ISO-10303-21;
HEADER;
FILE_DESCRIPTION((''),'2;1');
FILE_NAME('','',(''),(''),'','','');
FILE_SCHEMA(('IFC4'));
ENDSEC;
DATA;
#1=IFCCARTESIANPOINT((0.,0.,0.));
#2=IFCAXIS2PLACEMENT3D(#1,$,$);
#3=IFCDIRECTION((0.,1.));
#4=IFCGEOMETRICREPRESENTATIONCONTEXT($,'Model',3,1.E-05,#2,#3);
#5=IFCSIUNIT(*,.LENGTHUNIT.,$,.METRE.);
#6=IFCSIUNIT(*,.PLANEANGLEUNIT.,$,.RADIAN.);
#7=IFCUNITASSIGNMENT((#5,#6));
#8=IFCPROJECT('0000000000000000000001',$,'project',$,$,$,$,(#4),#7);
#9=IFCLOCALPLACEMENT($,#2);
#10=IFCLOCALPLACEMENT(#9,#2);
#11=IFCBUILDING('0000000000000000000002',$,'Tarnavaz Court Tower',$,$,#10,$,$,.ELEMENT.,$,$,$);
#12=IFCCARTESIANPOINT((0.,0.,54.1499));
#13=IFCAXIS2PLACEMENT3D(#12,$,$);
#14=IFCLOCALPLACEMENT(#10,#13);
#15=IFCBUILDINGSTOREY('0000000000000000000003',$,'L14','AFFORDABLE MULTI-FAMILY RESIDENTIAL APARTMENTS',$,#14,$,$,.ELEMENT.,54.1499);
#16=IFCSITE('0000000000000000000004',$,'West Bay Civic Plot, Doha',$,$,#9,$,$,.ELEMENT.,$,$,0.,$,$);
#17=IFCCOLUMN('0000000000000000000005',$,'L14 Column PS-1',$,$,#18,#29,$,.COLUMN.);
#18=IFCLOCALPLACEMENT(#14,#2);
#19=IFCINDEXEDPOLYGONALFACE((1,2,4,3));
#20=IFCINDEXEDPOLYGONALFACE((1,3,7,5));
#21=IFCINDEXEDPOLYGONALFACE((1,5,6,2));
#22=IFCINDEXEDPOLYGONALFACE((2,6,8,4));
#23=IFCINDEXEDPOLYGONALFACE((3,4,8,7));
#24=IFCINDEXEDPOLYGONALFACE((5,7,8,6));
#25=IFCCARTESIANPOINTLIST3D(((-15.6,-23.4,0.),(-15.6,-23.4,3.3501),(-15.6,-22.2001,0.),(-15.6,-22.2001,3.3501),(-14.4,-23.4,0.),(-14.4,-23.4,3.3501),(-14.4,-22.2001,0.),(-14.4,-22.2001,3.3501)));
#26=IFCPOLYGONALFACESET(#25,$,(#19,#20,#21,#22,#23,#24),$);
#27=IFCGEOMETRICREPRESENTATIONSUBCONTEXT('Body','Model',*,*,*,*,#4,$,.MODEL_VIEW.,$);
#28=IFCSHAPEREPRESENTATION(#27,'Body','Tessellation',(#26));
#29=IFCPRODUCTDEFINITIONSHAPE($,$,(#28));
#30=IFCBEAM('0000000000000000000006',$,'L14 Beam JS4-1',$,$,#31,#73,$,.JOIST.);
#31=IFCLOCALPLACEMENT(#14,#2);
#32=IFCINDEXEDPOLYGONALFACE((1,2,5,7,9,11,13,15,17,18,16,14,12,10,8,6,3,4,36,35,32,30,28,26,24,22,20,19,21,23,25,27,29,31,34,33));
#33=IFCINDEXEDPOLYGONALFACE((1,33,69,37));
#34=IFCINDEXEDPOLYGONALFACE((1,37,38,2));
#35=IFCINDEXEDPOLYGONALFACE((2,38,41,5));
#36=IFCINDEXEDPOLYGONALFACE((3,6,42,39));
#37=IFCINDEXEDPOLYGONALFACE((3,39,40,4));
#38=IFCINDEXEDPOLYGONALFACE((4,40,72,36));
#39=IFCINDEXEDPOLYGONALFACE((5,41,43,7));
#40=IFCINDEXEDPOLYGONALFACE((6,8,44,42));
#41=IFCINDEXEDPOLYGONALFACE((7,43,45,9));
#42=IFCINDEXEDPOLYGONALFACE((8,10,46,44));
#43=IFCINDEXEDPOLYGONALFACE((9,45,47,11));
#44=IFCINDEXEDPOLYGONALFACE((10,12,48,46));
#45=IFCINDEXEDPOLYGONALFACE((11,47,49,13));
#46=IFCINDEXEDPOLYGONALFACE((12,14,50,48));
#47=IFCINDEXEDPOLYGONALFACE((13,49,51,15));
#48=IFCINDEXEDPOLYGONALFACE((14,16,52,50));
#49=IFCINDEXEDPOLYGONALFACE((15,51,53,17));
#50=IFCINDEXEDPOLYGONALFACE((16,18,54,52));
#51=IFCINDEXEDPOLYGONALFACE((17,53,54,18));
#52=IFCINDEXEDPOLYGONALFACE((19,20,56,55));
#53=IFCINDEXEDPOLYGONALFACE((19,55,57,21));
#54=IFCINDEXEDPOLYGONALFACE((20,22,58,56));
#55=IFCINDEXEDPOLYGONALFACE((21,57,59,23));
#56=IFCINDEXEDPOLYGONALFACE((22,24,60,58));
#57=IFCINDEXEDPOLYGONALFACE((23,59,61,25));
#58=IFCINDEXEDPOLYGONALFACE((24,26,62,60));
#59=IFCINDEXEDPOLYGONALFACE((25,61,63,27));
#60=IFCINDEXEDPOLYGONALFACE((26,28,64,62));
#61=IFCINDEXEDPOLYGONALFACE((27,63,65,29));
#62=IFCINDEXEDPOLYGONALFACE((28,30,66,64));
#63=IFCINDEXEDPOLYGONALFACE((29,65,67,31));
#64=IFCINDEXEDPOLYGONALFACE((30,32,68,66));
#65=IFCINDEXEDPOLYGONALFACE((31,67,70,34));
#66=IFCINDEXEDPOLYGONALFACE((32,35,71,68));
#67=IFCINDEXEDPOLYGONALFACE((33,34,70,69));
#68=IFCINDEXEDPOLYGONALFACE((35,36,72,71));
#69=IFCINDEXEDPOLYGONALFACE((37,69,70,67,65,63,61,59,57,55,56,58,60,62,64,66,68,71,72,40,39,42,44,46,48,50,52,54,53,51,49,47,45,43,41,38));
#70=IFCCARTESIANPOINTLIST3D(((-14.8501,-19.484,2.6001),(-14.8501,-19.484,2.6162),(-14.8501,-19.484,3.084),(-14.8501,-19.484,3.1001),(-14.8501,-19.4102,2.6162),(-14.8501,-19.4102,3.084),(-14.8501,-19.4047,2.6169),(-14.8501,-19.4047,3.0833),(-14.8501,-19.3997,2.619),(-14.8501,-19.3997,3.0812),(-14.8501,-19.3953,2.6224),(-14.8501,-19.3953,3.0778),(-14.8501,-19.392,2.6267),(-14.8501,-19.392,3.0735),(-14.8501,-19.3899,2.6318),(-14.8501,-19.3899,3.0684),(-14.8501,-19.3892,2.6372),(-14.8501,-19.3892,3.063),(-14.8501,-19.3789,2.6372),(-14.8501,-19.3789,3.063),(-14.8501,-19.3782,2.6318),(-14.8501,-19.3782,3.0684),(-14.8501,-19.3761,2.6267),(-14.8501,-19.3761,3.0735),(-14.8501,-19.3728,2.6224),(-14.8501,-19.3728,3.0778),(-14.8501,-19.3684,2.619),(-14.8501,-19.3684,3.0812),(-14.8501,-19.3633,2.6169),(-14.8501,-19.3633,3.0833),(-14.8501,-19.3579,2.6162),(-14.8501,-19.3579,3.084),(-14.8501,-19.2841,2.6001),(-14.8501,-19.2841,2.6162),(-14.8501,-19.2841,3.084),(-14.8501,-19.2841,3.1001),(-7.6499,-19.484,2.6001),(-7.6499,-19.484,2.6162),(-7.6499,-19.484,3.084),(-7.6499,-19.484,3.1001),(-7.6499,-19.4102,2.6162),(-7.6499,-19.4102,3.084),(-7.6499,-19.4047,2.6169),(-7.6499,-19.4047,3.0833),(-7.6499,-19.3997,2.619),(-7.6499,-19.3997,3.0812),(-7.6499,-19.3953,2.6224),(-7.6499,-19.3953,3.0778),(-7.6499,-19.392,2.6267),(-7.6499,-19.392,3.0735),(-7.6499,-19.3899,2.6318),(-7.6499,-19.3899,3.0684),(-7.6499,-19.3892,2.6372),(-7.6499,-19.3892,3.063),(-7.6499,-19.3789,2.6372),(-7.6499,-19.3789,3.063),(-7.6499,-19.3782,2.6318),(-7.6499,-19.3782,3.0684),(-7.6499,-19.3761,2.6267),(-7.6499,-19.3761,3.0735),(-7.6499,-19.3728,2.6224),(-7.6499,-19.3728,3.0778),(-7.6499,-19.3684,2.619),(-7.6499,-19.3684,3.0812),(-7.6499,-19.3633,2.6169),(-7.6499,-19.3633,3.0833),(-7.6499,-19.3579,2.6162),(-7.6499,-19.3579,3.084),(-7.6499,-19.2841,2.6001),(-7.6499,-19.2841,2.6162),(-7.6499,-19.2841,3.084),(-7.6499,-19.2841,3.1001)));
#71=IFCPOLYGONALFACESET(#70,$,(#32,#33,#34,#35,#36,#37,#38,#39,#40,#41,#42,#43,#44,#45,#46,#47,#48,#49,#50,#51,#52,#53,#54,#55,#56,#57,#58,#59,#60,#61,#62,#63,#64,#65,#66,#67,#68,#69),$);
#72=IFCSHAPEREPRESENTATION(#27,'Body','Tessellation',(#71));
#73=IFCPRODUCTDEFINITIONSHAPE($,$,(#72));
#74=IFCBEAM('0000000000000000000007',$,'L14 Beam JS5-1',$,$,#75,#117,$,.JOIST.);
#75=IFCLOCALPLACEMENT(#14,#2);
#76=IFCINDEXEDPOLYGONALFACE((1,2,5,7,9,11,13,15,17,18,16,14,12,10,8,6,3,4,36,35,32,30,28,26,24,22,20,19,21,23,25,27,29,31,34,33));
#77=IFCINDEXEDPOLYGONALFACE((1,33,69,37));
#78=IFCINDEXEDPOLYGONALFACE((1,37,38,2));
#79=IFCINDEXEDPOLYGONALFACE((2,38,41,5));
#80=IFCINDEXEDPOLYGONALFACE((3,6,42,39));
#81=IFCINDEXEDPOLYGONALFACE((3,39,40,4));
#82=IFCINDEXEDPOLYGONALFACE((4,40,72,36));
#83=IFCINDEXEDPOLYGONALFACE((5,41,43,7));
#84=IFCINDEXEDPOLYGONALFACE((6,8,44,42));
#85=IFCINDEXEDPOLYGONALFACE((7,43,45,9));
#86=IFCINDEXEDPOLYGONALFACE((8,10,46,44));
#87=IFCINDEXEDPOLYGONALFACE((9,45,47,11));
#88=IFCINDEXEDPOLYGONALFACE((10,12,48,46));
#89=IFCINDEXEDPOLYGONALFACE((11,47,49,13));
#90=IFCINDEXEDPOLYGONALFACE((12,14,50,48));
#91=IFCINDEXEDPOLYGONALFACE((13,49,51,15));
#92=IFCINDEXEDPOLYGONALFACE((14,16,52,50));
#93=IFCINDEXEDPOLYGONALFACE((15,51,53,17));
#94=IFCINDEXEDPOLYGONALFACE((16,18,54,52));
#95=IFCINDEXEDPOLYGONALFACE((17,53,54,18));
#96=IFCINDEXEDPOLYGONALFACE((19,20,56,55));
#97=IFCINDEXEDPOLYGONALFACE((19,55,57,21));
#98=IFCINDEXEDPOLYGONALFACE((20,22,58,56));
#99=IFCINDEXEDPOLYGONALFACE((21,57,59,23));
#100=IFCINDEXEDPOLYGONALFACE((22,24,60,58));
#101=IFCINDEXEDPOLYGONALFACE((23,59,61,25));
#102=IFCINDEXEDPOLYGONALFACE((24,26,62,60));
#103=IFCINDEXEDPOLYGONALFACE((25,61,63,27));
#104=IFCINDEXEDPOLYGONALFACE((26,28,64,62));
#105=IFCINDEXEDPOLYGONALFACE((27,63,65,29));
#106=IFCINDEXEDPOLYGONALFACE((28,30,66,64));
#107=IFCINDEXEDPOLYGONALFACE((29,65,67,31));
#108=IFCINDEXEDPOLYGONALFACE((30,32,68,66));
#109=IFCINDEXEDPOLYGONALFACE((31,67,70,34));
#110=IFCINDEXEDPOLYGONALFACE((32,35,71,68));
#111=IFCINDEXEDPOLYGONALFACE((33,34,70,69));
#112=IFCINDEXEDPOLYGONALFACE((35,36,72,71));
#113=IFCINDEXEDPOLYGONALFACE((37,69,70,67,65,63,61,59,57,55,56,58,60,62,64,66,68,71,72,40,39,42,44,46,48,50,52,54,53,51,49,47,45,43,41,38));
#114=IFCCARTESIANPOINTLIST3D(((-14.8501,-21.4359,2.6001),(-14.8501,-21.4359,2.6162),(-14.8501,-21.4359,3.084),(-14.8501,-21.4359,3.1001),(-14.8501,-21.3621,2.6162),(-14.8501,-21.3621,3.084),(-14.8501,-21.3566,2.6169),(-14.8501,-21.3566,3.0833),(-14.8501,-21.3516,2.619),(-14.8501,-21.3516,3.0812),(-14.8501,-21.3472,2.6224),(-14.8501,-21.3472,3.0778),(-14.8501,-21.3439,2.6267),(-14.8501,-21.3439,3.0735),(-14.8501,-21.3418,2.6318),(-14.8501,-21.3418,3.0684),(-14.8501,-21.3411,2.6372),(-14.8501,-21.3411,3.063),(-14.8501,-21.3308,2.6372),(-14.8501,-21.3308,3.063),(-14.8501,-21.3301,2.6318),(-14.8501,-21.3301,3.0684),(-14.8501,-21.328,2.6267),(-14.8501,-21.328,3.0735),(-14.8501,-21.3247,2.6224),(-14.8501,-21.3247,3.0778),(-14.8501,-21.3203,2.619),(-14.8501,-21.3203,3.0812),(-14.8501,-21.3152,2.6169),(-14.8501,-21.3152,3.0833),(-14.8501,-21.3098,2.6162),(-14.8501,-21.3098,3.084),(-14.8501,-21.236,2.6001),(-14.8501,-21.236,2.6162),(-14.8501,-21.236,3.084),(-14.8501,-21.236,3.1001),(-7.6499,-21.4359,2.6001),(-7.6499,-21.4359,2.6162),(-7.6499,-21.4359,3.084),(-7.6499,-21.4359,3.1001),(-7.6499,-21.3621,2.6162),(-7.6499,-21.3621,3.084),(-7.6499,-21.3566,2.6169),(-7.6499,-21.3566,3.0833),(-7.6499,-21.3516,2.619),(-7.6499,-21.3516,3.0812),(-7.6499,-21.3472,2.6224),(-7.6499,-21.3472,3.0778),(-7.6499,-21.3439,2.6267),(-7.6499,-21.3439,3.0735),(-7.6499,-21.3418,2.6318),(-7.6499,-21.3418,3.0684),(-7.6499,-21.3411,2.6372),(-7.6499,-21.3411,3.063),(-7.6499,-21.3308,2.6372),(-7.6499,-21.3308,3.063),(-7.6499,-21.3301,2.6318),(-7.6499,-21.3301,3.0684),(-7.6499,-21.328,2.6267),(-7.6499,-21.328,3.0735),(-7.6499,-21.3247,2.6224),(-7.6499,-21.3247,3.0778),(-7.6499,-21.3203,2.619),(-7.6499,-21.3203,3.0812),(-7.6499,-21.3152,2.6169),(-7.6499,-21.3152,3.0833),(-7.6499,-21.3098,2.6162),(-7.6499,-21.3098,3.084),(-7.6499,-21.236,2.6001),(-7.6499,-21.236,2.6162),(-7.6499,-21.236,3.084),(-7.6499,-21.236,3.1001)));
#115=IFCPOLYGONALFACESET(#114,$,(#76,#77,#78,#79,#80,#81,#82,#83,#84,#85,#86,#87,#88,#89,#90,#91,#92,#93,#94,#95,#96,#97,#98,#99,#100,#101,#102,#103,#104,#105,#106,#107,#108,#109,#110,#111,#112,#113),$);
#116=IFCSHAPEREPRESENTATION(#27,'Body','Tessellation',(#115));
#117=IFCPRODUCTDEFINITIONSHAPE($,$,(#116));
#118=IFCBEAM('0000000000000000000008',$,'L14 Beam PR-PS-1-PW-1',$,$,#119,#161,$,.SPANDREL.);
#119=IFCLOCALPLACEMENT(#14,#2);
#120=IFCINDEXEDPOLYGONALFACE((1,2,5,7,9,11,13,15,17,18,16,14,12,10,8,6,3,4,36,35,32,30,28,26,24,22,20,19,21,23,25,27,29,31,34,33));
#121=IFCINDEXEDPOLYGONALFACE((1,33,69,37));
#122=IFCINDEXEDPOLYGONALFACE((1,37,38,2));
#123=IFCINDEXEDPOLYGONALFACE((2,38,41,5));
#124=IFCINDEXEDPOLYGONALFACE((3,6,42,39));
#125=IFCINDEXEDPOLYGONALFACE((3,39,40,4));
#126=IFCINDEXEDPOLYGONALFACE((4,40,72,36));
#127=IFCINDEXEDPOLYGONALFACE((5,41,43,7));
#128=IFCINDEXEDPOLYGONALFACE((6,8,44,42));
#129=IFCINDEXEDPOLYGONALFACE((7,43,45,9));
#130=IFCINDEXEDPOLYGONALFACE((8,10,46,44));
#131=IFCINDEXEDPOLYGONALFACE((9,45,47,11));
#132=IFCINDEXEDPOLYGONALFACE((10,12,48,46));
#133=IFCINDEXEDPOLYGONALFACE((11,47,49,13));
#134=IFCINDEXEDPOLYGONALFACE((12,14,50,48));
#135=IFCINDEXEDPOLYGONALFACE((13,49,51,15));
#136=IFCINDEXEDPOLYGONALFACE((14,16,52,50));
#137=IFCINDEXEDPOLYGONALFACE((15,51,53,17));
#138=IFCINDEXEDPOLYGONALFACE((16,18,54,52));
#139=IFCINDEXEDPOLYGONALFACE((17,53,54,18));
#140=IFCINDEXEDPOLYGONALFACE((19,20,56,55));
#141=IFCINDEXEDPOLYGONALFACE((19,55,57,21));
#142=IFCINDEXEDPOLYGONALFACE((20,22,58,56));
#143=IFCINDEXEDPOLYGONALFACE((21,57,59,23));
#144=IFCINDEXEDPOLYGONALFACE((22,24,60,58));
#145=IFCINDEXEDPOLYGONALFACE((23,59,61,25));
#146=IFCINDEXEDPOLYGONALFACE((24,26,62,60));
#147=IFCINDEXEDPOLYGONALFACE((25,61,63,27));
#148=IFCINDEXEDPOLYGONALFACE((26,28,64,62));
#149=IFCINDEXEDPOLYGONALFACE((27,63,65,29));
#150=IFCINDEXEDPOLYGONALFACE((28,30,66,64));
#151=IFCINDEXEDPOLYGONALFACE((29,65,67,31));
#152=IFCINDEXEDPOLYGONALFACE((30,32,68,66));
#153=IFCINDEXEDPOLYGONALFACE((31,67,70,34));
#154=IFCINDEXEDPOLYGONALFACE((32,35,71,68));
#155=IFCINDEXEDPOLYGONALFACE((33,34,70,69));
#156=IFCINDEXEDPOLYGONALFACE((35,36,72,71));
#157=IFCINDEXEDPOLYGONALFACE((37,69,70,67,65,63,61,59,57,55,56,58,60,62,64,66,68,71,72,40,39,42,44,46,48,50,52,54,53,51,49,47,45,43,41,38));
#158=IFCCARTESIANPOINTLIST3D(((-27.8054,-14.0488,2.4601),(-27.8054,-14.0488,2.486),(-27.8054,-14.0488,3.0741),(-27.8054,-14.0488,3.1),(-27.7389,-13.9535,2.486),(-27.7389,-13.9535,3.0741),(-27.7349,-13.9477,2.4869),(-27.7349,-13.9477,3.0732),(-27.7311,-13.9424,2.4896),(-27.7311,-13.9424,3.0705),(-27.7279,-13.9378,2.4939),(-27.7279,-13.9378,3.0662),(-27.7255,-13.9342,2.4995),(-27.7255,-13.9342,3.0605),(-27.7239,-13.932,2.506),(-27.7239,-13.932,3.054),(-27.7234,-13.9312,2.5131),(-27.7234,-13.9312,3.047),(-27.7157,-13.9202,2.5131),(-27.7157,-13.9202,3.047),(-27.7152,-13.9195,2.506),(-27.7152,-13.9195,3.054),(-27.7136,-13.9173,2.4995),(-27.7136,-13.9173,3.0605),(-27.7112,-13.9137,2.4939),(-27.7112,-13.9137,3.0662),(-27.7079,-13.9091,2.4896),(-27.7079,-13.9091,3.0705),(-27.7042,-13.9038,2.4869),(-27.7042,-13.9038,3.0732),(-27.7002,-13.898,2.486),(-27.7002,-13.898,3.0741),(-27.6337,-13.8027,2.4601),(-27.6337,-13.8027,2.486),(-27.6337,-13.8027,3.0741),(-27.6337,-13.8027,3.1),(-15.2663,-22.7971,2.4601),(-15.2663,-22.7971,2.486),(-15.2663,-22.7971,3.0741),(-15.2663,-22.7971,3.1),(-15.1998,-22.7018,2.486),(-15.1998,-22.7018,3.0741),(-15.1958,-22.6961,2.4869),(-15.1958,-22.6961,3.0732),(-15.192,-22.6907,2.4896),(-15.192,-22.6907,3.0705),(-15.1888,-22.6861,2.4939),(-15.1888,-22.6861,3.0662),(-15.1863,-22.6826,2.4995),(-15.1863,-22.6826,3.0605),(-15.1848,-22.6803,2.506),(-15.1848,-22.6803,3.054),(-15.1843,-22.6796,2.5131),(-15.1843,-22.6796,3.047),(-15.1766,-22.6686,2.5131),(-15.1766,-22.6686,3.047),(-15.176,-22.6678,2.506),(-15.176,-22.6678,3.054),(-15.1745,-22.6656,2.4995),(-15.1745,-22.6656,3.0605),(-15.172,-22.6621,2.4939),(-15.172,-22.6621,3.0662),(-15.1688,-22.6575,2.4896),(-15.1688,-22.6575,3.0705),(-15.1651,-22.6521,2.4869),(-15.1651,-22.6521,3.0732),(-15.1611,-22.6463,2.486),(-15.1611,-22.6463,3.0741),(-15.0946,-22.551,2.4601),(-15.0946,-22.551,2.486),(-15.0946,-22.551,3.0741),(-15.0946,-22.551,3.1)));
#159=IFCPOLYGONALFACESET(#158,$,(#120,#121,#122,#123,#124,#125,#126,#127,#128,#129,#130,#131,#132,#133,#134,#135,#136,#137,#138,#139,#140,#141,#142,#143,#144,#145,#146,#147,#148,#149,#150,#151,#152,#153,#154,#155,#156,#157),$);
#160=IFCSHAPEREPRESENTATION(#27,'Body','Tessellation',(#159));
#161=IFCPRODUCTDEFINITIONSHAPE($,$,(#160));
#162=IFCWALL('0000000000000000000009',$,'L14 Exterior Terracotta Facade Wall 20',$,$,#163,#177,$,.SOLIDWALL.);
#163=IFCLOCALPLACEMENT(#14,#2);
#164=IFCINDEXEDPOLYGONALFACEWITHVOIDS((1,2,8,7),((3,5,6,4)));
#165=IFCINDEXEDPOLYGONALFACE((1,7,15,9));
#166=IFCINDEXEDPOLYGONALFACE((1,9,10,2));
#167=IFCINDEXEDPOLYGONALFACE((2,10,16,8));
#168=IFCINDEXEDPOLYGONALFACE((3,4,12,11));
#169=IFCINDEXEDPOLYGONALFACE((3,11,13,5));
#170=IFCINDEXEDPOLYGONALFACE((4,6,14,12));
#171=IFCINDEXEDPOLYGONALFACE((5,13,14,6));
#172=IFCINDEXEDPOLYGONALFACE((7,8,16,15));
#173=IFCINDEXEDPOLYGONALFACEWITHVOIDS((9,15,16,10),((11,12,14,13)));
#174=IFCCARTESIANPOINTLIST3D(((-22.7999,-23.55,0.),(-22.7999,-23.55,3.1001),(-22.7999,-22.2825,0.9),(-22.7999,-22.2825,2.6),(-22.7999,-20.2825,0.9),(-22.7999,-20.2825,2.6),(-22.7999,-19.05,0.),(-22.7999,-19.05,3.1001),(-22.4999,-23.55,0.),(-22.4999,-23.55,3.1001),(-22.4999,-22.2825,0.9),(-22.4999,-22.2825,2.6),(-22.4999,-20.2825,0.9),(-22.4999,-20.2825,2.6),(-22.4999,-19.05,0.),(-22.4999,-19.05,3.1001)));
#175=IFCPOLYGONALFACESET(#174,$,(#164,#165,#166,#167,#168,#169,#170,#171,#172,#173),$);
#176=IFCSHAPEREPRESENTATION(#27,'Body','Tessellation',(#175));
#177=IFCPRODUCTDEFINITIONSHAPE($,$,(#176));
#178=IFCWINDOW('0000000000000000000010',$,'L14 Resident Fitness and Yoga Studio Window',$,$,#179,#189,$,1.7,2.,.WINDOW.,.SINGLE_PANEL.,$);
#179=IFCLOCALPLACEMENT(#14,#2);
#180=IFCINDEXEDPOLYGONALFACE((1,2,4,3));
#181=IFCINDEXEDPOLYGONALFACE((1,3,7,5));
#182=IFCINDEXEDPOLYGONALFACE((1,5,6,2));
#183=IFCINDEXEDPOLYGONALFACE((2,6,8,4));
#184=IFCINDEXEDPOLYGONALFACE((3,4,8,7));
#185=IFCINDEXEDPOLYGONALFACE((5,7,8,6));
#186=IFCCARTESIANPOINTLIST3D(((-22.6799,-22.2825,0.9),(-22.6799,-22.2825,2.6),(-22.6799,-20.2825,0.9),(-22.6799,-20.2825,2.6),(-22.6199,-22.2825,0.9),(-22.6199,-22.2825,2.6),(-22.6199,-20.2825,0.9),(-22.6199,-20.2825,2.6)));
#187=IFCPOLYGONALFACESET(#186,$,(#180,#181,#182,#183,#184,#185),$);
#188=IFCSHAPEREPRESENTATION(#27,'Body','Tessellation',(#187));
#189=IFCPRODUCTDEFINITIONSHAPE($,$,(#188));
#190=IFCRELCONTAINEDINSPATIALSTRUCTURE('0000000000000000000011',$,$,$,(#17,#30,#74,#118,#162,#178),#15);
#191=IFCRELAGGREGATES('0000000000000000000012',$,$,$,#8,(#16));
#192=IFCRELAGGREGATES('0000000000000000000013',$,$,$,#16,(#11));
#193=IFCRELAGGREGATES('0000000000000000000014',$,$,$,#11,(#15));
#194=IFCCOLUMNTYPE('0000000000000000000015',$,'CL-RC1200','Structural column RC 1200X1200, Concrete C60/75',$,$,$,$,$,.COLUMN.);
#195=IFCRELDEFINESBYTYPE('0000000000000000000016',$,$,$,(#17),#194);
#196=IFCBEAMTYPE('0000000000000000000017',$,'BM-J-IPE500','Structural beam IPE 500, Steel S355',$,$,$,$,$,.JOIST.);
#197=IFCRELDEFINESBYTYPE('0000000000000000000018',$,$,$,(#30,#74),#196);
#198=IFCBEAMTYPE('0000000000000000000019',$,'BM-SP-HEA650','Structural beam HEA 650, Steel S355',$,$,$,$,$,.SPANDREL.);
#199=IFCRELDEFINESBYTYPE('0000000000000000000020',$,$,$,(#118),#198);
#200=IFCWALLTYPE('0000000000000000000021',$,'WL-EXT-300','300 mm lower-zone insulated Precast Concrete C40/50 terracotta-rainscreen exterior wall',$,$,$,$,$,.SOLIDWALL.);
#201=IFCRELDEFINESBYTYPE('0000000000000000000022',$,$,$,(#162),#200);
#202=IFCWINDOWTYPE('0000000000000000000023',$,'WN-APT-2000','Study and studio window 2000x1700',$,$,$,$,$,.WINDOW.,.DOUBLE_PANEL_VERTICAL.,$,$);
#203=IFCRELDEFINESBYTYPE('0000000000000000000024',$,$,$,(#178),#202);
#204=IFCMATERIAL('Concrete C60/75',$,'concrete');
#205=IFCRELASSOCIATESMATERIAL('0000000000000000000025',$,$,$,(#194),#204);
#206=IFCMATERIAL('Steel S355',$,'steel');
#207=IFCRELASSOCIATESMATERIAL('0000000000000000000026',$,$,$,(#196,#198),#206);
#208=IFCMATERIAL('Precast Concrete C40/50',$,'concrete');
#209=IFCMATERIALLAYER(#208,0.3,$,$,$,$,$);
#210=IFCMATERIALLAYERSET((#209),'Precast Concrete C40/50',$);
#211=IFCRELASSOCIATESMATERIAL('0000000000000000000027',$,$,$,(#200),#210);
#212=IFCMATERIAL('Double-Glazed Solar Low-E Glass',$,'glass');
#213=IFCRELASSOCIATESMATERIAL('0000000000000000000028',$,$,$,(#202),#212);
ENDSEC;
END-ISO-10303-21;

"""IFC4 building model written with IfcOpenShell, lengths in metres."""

from ifc_helpers import new_model, si_unit, direction, frame, frame_2d, origin, origin_2d, place, context, subcontext, project, spatial, rectangle, i_section, extrude, material, layer, layer_set, material_profile, profile_set, type_object, element, fill, save


model = new_model("IFC4")

# Units and contexts
model_context = context("Model", 3, precision=1e-05, world=origin(), true_north=direction((0.0, 1.0)))
body_context = subcontext(model_context, "Body", "Model", "MODEL_VIEW")
ifc_project = project(units=[si_unit("LENGTHUNIT", "METRE"), si_unit("PLANEANGLEUNIT", "RADIAN")], contexts=[model_context])

# Site, building, storey
site_placement = place(None, origin())
site = spatial("IfcSite", under=ifc_project, at=site_placement, Name="West Bay Civic Plot, Doha", CompositionType="ELEMENT", RefElevation=0.0)
building_placement = place(site_placement, origin())
building = spatial("IfcBuilding", under=site, at=building_placement, Name="Tarnavaz Court Tower", CompositionType="ELEMENT")
storey_placement = place(building_placement, frame((0.0, 0.0, 54.1499)))
storey = spatial("IfcBuildingStorey", under=building, at=storey_placement, Name="L14", Description="AFFORDABLE MULTI-FAMILY RESIDENTIAL APARTMENTS", CompositionType="ELEMENT", Elevation=54.1499)

# Column
ifc_material_1 = material(Name="Concrete C60/75", Category="concrete")
ifc_material_profile_1 = material_profile(ifc_material_1, rectangle(XDim=1.2, YDim=1.2, at=origin_2d()), Name="RC 1200X1200")
ifc_profile_set_1 = profile_set([ifc_material_profile_1], Name="Concrete C60/75")
column_type = type_object("IfcColumnType", Name="CL-RC1200", Description="Structural column RC 1200X1200, Concrete C60/75", PredefinedType="COLUMN", material=ifc_profile_set_1)
column_placement = place(storey_placement, frame((-15.0, -22.8, 0.0), z_axis=(0.0, 0.0, 1.0), x_axis=(1.0, 0.0, 0.0)))
element("IfcColumn", 1, at=column_placement, inside=storey, type_object=column_type, Name="L14 Column PS-1", PredefinedType="COLUMN", context=body_context, shape_type="SweptSolid", body=[
    extrude(rectangle(XDim=1.2, YDim=1.2, at=origin_2d()), origin(), (0.0, 0.0, 1.0), 3.3501),
])

# Beams
ifc_material_2 = material(Name="Steel S355", Category="steel")
ifc_material_profile_2 = material_profile(ifc_material_2, i_section(OverallWidth=0.2, OverallDepth=0.5, WebThickness=0.0103, FlangeThickness=0.0161, FilletRadius=0.021, at=origin_2d()), Name="IPE 500")
ifc_profile_set_2 = profile_set([ifc_material_profile_2], Name="Steel S355")
beam_type_1 = type_object("IfcBeamType", Name="BM-J-IPE500", Description="Structural beam IPE 500, Steel S355", PredefinedType="JOIST", material=ifc_profile_set_2)
for number, where, z_axis, x_axis, name in (
    (2, (-14.8501, -19.384, 2.8501), (1.0, 0.0, 0.0), (0.0, 1.0, 0.0), "L14 Beam JS4-1"),
    (3, (-14.8501, -21.3359, 2.8501), (1.0, 0.0, 0.0), (0.0, 1.0, 0.0), "L14 Beam JS5-1"),
):
    element("IfcBeam", number, at=place(storey_placement, frame(where, z_axis=z_axis, x_axis=x_axis)), inside=storey, type_object=beam_type_1, Name=name, PredefinedType="JOIST", context=body_context, shape_type="SweptSolid", body=[
        extrude(i_section(OverallWidth=0.2, OverallDepth=0.5, WebThickness=0.0103, FlangeThickness=0.0161, FilletRadius=0.021, at=origin_2d()), origin(), (0.0, 0.0, 1.0), 7.2002),
    ])
ifc_material_profile_3 = material_profile(ifc_material_2, i_section(OverallWidth=0.3, OverallDepth=0.6399, WebThickness=0.0134, FlangeThickness=0.0259, FilletRadius=0.0271, at=origin_2d()), Name="HEA 650")
ifc_profile_set_3 = profile_set([ifc_material_profile_3], Name="Steel S355")
beam_type_2 = type_object("IfcBeamType", Name="BM-SP-HEA650", Description="Structural beam HEA 650, Steel S355", PredefinedType="SPANDREL", material=ifc_profile_set_3)
beam_placement = place(storey_placement, frame((-15.1804, -22.6741, 2.78), z_axis=(-0.820124, 0.572186, 0.0), x_axis=(-0.572186, -0.820124, 0.0)))
element("IfcBeam", 4, at=beam_placement, inside=storey, type_object=beam_type_2, Name="L14 Beam PR-PS-1-PW-1", PredefinedType="SPANDREL", context=body_context, shape_type="SweptSolid", body=[
    extrude(i_section(OverallWidth=0.3, OverallDepth=0.6399, WebThickness=0.0134, FlangeThickness=0.0259, FilletRadius=0.0271, at=origin_2d()), origin(), (0.0, 0.0, 1.0), 15.2893),
])

# Wall, opening, window
ifc_material_3 = material(Name="Precast Concrete C40/50", Category="concrete")
ifc_layer_1 = layer(ifc_material_3, 0.3)
ifc_layer_set_1 = layer_set([ifc_layer_1], Name="Precast Concrete C40/50")
wall_type_1 = type_object("IfcWallType", Name="WL-EXT-300", Description="300 mm lower-zone insulated Precast Concrete C40/50 terracotta-rainscreen exterior wall", PredefinedType="SOLIDWALL", material=ifc_layer_set_1)
wall_1_placement = place(storey_placement, frame((-22.6499, -23.55, 0.0), z_axis=(0.0, 0.0, 1.0), x_axis=(0.0, 1.0, 0.0)))
wall_1 = element("IfcWall", 5, at=wall_1_placement, inside=storey, type_object=wall_type_1, Name="L14 Exterior Terracotta Facade Wall 20", PredefinedType="SOLIDWALL", context=body_context, shape_type="SweptSolid", body=[
    extrude(rectangle(XDim=4.5, YDim=0.3, at=frame_2d((2.25, 0.0))), origin(), (0.0, 0.0, 1.0), 3.1001),
])
opening_placement = place(wall_1_placement, frame((1.2676, 0.0, 0.8999)))
opening = element("IfcOpeningElement", 6, at=opening_placement, cuts=wall_1, PredefinedType="OPENING", context=body_context, shape_type="SweptSolid", body=[
    extrude(rectangle(XDim=2.0, YDim=1.7, at=frame_2d((1.0, 0.8501))), frame((0.0, 0.1599, 0.0), z_axis=(0.0, -1.0, 0.0), x_axis=(1.0, 0.0, 0.0)), (0.0, 0.0, 1.0), 0.3201),
])
ifc_material_4 = material(Name="Double-Glazed Solar Low-E Glass", Category="glass")
window_type = type_object("IfcWindowType", Name="WN-APT-2000", Description="Study and studio window 2000x1700", PartitioningType="DOUBLE_PANEL_VERTICAL", PredefinedType="WINDOW", material=ifc_material_4)
window_placement = place(opening_placement, origin())
window = element("IfcWindow", 7, at=window_placement, inside=storey, type_object=window_type, Name="L14 Resident Fitness and Yoga Studio Window", OverallHeight=1.7, OverallWidth=2.0, PartitioningType="SINGLE_PANEL", PredefinedType="WINDOW", context=body_context, shape_type="SweptSolid", body=[
    extrude(rectangle(XDim=2.0, YDim=1.7, at=frame_2d((1.0, 0.8501))), frame((0.0, 0.03, 0.0), z_axis=(0.0, -1.0, 0.0), x_axis=(1.0, 0.0, 0.0)), (0.0, 0.0, 1.0), 0.0601),
])
fill(opening, window)

save(model, "model.ifc")
